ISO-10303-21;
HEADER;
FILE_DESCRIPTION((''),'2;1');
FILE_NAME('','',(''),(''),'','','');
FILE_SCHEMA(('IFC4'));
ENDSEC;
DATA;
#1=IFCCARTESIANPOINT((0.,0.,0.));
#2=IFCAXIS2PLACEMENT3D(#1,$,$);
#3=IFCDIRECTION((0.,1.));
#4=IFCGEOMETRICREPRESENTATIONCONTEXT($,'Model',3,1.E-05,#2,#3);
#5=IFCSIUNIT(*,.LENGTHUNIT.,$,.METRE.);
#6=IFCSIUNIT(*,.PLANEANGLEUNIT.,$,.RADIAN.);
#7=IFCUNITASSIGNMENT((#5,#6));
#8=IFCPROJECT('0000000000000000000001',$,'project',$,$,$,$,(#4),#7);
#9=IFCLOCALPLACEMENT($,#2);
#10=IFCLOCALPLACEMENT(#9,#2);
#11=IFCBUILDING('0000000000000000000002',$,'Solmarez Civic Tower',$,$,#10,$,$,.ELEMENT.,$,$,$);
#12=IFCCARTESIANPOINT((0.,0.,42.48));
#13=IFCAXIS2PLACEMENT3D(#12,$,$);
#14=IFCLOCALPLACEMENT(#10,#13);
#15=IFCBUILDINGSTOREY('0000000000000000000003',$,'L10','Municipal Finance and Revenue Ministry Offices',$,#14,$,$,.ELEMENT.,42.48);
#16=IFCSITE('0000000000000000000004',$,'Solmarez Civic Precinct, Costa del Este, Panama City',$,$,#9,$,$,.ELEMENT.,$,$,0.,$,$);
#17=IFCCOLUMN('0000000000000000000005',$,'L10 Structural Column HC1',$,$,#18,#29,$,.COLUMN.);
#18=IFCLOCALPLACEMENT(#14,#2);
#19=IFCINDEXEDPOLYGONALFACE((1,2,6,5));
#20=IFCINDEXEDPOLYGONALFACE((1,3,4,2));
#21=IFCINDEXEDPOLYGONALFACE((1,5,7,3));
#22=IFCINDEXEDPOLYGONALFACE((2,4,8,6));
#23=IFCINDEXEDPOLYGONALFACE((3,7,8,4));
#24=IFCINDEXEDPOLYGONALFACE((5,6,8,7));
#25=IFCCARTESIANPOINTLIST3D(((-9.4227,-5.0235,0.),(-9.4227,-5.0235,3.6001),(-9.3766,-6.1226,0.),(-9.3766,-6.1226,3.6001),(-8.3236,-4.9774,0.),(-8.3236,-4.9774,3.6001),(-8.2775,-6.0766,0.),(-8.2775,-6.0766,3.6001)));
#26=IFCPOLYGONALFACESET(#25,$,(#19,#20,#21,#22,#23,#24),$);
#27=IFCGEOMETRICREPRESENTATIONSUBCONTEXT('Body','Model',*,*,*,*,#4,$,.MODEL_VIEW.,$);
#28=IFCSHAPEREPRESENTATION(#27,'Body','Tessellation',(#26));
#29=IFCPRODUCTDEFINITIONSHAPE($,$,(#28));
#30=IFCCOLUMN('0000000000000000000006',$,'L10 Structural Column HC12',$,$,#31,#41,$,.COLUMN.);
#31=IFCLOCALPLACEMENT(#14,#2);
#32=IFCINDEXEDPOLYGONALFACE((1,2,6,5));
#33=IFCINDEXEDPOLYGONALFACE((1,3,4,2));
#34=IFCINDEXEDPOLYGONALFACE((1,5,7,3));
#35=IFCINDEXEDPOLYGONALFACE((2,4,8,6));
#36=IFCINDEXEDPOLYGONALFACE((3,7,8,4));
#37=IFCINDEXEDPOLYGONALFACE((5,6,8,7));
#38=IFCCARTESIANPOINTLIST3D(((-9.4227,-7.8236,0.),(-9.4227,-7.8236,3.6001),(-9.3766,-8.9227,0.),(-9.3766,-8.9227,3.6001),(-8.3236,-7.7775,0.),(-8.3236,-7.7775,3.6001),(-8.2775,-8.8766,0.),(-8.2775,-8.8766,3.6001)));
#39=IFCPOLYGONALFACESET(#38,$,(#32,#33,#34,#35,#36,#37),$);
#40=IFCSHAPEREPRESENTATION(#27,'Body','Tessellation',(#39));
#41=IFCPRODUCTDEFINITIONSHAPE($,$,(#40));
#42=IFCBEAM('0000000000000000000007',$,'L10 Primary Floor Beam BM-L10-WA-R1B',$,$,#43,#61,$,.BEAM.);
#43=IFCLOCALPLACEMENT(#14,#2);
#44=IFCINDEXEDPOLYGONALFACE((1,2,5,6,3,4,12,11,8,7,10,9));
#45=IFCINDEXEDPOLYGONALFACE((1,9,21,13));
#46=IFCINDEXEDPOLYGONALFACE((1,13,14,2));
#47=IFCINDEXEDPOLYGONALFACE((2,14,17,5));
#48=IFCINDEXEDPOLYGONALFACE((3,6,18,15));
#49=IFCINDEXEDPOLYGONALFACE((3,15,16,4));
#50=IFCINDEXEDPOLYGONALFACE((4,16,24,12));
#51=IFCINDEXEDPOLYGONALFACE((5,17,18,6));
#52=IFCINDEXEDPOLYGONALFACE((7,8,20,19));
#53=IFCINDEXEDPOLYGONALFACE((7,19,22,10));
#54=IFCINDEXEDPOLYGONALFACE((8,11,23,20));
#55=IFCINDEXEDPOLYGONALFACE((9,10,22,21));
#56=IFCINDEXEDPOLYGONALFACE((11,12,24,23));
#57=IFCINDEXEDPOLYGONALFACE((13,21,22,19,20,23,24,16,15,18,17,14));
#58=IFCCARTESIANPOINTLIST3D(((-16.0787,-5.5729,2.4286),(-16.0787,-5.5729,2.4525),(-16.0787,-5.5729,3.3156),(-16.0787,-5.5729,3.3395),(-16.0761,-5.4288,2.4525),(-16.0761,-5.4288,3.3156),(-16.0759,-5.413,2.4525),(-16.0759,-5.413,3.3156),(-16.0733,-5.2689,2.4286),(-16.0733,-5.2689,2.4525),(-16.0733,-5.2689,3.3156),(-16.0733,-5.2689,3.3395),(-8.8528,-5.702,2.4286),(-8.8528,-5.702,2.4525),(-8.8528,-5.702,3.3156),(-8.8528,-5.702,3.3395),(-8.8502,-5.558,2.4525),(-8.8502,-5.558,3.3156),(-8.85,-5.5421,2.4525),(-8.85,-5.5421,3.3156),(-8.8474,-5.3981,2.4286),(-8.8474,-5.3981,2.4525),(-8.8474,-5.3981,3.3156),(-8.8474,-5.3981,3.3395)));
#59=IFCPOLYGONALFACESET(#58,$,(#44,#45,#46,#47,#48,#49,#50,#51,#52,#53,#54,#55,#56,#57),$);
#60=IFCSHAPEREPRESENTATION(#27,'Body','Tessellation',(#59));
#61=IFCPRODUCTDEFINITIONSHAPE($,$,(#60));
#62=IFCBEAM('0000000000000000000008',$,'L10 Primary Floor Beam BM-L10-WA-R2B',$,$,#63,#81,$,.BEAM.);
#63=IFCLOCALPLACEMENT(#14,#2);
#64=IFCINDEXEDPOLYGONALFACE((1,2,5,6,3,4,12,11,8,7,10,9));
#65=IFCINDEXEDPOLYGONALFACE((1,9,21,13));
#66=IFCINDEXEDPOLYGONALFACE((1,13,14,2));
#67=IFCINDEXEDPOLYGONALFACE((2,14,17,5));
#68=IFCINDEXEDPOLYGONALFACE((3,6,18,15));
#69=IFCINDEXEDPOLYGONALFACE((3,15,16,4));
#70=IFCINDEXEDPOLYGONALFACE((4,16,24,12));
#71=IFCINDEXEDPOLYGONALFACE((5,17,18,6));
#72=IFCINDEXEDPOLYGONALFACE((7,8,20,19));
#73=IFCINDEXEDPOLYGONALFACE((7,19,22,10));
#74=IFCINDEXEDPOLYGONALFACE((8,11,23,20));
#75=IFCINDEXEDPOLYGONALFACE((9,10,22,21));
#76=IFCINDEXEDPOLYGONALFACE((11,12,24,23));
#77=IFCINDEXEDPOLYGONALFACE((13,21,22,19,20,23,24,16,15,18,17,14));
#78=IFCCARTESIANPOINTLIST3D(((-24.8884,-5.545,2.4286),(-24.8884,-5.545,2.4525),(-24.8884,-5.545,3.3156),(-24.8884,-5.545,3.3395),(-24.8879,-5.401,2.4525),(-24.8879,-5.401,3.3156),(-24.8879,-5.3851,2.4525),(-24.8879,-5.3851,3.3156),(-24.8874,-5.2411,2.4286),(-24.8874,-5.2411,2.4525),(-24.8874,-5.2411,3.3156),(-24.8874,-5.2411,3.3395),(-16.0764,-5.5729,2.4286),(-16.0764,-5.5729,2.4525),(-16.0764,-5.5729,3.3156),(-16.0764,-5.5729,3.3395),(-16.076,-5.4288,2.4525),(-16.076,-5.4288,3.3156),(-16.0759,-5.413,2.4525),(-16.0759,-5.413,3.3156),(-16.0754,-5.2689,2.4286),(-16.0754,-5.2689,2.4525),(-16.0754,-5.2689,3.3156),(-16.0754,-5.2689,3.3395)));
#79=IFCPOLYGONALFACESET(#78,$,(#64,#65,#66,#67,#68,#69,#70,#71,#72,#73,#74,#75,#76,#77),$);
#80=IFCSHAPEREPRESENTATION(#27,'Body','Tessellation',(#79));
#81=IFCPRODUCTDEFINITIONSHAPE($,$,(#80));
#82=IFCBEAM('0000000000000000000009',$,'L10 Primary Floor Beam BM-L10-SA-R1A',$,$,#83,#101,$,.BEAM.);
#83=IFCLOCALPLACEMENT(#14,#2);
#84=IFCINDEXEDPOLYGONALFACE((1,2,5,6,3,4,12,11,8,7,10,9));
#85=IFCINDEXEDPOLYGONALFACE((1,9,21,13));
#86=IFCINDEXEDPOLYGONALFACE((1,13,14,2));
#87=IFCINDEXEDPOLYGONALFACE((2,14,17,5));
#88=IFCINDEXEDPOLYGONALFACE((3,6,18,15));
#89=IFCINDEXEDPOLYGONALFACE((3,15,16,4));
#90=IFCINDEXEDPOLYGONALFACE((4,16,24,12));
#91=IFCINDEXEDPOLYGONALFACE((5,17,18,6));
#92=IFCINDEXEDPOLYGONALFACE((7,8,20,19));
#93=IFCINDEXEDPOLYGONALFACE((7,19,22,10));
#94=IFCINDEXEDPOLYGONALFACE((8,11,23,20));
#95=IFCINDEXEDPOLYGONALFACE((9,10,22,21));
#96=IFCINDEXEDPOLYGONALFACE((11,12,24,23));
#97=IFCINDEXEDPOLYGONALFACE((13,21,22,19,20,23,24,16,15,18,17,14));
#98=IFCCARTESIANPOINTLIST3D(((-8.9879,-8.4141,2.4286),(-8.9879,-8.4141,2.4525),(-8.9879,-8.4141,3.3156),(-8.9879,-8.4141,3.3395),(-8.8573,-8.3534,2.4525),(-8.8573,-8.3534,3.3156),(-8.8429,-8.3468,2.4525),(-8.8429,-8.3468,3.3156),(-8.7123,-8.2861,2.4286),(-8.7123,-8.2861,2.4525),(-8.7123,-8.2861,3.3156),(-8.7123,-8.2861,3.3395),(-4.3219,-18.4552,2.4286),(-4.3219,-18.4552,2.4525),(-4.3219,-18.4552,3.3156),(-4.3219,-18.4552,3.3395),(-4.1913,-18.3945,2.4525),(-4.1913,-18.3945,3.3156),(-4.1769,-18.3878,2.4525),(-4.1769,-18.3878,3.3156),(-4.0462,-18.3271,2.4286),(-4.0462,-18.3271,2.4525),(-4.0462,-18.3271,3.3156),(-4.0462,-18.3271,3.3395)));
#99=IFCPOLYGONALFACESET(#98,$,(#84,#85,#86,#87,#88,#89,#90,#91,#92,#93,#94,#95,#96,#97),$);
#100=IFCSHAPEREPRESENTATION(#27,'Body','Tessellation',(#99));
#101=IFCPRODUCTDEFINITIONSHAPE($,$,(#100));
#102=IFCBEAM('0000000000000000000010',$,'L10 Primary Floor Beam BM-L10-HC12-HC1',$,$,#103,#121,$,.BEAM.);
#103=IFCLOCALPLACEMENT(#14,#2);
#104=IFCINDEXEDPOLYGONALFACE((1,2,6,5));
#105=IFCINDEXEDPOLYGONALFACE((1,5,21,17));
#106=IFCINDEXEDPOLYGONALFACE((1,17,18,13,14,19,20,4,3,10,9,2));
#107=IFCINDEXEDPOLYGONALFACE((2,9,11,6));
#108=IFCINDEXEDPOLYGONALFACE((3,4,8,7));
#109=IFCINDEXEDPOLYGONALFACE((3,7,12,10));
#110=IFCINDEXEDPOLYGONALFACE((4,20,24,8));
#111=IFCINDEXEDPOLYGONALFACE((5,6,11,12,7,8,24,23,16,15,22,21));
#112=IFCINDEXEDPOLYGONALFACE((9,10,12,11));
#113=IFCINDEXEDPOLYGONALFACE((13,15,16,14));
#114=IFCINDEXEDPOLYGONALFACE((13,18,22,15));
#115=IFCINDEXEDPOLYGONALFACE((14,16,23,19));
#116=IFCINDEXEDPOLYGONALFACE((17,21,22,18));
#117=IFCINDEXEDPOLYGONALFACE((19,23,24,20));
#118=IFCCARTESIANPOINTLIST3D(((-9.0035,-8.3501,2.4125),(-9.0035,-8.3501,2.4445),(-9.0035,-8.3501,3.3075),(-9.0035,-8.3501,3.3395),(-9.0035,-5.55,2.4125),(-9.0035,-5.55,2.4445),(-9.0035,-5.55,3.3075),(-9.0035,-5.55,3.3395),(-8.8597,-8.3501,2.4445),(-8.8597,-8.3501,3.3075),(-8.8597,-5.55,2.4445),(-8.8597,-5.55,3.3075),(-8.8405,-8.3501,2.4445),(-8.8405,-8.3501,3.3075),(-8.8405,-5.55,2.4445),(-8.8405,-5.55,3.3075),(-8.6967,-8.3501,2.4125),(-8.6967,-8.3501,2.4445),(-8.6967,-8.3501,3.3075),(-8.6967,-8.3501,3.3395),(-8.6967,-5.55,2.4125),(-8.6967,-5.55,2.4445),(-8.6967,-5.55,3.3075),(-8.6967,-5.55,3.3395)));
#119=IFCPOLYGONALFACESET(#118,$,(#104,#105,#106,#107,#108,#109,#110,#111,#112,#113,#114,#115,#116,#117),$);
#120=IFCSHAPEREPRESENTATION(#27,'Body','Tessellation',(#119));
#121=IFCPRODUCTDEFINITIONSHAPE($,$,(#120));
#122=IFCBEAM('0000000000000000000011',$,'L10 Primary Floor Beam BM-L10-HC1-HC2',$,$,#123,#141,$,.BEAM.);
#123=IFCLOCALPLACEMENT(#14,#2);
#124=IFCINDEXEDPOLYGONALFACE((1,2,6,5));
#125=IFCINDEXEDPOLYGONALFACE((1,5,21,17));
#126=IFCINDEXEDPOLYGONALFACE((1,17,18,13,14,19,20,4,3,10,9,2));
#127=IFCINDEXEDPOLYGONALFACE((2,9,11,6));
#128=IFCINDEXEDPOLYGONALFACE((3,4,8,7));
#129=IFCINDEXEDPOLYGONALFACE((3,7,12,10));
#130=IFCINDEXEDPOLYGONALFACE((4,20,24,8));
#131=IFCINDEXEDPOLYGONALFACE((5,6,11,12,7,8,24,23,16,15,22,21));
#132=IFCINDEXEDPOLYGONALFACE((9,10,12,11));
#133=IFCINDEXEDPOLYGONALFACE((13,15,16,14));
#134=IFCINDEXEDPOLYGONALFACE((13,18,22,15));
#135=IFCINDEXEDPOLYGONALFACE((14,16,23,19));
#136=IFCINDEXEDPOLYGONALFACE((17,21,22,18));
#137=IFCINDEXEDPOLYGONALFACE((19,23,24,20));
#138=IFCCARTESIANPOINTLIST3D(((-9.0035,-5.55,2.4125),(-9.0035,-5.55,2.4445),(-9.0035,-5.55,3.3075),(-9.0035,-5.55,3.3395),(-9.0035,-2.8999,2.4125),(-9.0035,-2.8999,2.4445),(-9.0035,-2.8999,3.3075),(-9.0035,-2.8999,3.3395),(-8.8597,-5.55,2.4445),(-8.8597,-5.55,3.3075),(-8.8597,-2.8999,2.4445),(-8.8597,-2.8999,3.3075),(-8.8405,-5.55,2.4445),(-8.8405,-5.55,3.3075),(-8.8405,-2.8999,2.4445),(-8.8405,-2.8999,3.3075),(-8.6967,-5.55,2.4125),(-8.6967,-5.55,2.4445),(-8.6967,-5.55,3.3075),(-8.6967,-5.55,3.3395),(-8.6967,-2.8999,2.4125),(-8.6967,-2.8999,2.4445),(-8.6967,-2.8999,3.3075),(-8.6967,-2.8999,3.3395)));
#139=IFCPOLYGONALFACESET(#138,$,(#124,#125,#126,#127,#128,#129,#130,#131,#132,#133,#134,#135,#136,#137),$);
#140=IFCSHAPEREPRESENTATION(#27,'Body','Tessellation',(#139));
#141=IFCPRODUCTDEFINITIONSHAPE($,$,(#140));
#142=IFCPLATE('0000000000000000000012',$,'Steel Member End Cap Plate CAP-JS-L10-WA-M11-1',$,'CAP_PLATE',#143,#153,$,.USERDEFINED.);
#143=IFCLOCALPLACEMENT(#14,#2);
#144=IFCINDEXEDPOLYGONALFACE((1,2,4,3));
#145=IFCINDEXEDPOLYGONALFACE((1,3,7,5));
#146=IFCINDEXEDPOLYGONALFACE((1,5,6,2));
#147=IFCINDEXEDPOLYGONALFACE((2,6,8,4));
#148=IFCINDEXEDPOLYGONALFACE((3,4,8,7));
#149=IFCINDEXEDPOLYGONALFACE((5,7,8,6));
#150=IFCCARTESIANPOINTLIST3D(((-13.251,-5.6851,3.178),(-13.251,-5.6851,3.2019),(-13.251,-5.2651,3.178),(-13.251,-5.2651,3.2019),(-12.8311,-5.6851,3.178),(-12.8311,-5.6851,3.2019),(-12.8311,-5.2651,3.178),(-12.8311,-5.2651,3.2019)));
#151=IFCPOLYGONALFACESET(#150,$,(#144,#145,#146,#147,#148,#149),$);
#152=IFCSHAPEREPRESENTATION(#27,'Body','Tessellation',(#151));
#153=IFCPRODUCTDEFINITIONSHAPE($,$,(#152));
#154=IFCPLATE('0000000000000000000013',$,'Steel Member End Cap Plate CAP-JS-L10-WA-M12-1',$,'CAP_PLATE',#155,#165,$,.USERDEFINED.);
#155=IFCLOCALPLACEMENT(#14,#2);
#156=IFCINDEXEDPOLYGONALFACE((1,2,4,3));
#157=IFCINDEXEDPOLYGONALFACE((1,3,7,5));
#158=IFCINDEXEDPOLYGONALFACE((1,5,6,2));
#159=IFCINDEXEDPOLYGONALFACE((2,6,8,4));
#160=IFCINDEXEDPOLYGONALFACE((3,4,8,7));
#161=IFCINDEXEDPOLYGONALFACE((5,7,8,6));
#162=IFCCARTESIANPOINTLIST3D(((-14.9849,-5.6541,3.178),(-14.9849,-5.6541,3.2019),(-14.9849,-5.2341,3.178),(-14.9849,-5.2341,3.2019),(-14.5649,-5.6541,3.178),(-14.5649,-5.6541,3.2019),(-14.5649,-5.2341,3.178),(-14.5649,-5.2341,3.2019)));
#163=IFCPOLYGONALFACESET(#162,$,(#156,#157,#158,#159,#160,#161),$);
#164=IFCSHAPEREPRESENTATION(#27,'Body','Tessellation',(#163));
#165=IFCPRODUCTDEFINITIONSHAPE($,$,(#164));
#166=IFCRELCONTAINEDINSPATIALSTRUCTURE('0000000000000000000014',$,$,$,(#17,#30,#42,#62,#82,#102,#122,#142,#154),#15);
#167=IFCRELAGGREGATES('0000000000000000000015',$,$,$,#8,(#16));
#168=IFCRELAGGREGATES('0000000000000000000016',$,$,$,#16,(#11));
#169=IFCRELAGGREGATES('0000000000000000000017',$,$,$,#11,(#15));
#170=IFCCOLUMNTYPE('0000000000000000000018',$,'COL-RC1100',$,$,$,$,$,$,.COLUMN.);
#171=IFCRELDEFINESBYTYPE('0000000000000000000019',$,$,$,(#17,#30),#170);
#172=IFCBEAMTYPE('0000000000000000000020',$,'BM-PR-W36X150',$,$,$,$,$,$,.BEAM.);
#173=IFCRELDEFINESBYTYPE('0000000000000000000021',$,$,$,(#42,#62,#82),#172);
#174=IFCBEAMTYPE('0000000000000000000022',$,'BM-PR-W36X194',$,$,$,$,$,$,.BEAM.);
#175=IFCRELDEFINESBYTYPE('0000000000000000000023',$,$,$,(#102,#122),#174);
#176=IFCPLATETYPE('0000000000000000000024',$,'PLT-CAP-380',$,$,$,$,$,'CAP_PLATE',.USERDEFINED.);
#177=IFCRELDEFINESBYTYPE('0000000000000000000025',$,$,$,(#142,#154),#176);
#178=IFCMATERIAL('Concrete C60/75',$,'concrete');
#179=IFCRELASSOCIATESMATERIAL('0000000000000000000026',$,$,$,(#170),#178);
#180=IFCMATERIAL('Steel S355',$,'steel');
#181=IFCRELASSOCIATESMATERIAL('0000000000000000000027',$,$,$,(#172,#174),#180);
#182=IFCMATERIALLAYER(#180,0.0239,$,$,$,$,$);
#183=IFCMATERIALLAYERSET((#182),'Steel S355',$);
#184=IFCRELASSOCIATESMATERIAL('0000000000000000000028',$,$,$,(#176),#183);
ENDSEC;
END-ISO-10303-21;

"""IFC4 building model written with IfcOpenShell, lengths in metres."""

from ifc_helpers import new_model, si_unit, direction, frame, origin, origin_2d, place, context, subcontext, project, spatial, rectangle, i_section, extrude, material, layer, layer_set, material_profile, profile_set, type_object, element, save


model = new_model("IFC4")

# Units and contexts
model_context = context("Model", 3, precision=1e-05, world=origin(), true_north=direction((0.0, 1.0)))
body_context = subcontext(model_context, "Body", "Model", "MODEL_VIEW")
ifc_project = project(units=[si_unit("LENGTHUNIT", "METRE"), si_unit("PLANEANGLEUNIT", "RADIAN")], contexts=[model_context])

# Site, building, storey
site_placement = place(None, origin())
site = spatial("IfcSite", under=ifc_project, at=site_placement, Name="Solmarez Civic Precinct, Costa del Este, Panama City", CompositionType="ELEMENT", RefElevation=0.0)
building_placement = place(site_placement, origin())
building = spatial("IfcBuilding", under=site, at=building_placement, Name="Solmarez Civic Tower", CompositionType="ELEMENT")
storey_placement = place(building_placement, frame((0.0, 0.0, 42.48)))
storey = spatial("IfcBuildingStorey", under=building, at=storey_placement, Name="L10", Description="Municipal Finance and Revenue Ministry Offices", CompositionType="ELEMENT", Elevation=42.48)

# Columns
ifc_material_1 = material(Name="Concrete C60/75", Category="concrete")
ifc_material_profile_1 = material_profile(ifc_material_1, rectangle(XDim=1.1001, YDim=1.1001, at=origin_2d()), Name="RC1100X1100")
ifc_profile_set_1 = profile_set([ifc_material_profile_1], Name="Concrete C60/75")
column_type = type_object("IfcColumnType", Name="COL-RC1100", PredefinedType="COLUMN", material=ifc_profile_set_1)
for number, where, z_axis, x_axis, name in (
    (1, (-8.8501, -5.55, 0.0), (0.0, 0.0, 1.0), (0.999123, 0.041876, 0.0), "L10 Structural Column HC1"),
    (2, (-8.8501, -8.3501, 0.0), (0.0, 0.0, 1.0), (0.999123, 0.041876, 0.0), "L10 Structural Column HC12"),
):
    element("IfcColumn", number, at=place(storey_placement, frame(where, z_axis=z_axis, x_axis=x_axis)), inside=storey, type_object=column_type, Name=name, PredefinedType="COLUMN", context=body_context, shape_type="SweptSolid", body=[
        extrude(rectangle(XDim=1.1001, YDim=1.1001, at=origin_2d()), origin(), (0.0, 0.0, 1.0), 3.6001),
    ])

# Beams
ifc_material_2 = material(Name="Steel S355", Category="steel")
ifc_material_profile_2 = material_profile(ifc_material_2, i_section(OverallWidth=0.304, OverallDepth=0.9109, WebThickness=0.0159, FlangeThickness=0.0239, at=origin_2d()), Name="W36X150")
ifc_profile_set_2 = profile_set([ifc_material_profile_2], Name="Steel S355")
beam_type_1 = type_object("IfcBeamType", Name="BM-PR-W36X150", PredefinedType="BEAM", material=ifc_profile_set_2)
beam_1_placement = place(storey_placement, frame((-8.8501, -5.55, 2.884), z_axis=(-0.99984, 0.017871, 0.0), x_axis=(-0.017871, -0.99984, 0.0)))
element("IfcBeam", 3, at=beam_1_placement, inside=storey, type_object=beam_type_1, Name="L10 Primary Floor Beam BM-L10-WA-R1B", PredefinedType="BEAM", context=body_context, shape_type="SweptSolid", body=[
    extrude(i_section(OverallWidth=0.304, OverallDepth=0.9109, WebThickness=0.0159, FlangeThickness=0.0239, at=origin_2d()), origin(), (0.0, 0.0, 1.0), 7.2271),
])
beam_2_placement = place(storey_placement, frame((-16.0759, -5.4209, 2.884), z_axis=(-0.999995, 0.003158, 0.0), x_axis=(-0.003158, -0.999995, 0.0)))
element("IfcBeam", 4, at=beam_2_placement, inside=storey, type_object=beam_type_1, Name="L10 Primary Floor Beam BM-L10-WA-R2B", PredefinedType="BEAM", context=body_context, shape_type="SweptSolid", body=[
    extrude(i_section(OverallWidth=0.304, OverallDepth=0.9109, WebThickness=0.0159, FlangeThickness=0.0239, at=origin_2d()), origin(), (0.0, 0.0, 1.0), 8.812),
])
beam_3_placement = place(storey_placement, frame((-8.8501, -8.3501, 2.884), z_axis=(0.421417, -0.906867, 0.0), x_axis=(0.906867, 0.421417, 0.0)))
element("IfcBeam", 5, at=beam_3_placement, inside=storey, type_object=beam_type_1, Name="L10 Primary Floor Beam BM-L10-SA-R1A", PredefinedType="BEAM", context=body_context, shape_type="SweptSolid", body=[
    extrude(i_section(OverallWidth=0.304, OverallDepth=0.9109, WebThickness=0.0159, FlangeThickness=0.0239, at=origin_2d()), origin(), (0.0, 0.0, 1.0), 11.0723),
])
ifc_material_profile_3 = material_profile(ifc_material_2, i_section(OverallWidth=0.3069, OverallDepth=0.927, WebThickness=0.0193, FlangeThickness=0.032, at=origin_2d()), Name="W36X194")
ifc_profile_set_3 = profile_set([ifc_material_profile_3], Name="Steel S355")
beam_type_2 = type_object("IfcBeamType", Name="BM-PR-W36X194", PredefinedType="BEAM", material=ifc_profile_set_3)
beam_4_placement = place(storey_placement, frame((-8.8501, -8.3501, 2.876), z_axis=(0.0, 1.0, 0.0), x_axis=(-1.0, 0.0, 0.0)))
element("IfcBeam", 6, at=beam_4_placement, inside=storey, type_object=beam_type_2, Name="L10 Primary Floor Beam BM-L10-HC12-HC1", PredefinedType="BEAM", context=body_context, shape_type="SweptSolid", body=[
    extrude(i_section(OverallWidth=0.3069, OverallDepth=0.927, WebThickness=0.0193, FlangeThickness=0.032, at=origin_2d()), origin(), (0.0, 0.0, 1.0), 2.8),
])
beam_5_placement = place(storey_placement, frame((-8.8501, -5.55, 2.876), z_axis=(0.0, 1.0, 0.0), x_axis=(-1.0, 0.0, 0.0)))
element("IfcBeam", 7, at=beam_5_placement, inside=storey, type_object=beam_type_2, Name="L10 Primary Floor Beam BM-L10-HC1-HC2", PredefinedType="BEAM", context=body_context, shape_type="SweptSolid", body=[
    extrude(i_section(OverallWidth=0.3069, OverallDepth=0.927, WebThickness=0.0193, FlangeThickness=0.032, at=origin_2d()), origin(), (0.0, 0.0, 1.0), 2.6501),
])

# Plates
ifc_layer_1 = layer(ifc_material_2, 0.0239)
ifc_layer_set_1 = layer_set([ifc_layer_1], Name="Steel S355")
plate_type = type_object("IfcPlateType", Name="PLT-CAP-380", ElementType="CAP_PLATE", PredefinedType="USERDEFINED", material=ifc_layer_set_1)
for number, where, z_axis, x_axis, name in (
    (8, (-13.041, -5.4751, 3.178), (0.0, 0.0, 1.0), (1.0, 0.0, 0.0), "Steel Member End Cap Plate CAP-JS-L10-WA-M11-1"),
    (9, (-14.7749, -5.4441, 3.178), (0.0, 0.0, 1.0), (1.0, 0.0, 0.0), "Steel Member End Cap Plate CAP-JS-L10-WA-M12-1"),
):
    element("IfcPlate", number, at=place(storey_placement, frame(where, z_axis=z_axis, x_axis=x_axis)), inside=storey, type_object=plate_type, Name=name, ObjectType="CAP_PLATE", PredefinedType="USERDEFINED", context=body_context, shape_type="SweptSolid", body=[
        extrude(rectangle(XDim=0.4199, YDim=0.4199, at=origin_2d()), origin(), (0.0, 0.0, 1.0), 0.0239),
    ])

save(model, "model.ifc")
